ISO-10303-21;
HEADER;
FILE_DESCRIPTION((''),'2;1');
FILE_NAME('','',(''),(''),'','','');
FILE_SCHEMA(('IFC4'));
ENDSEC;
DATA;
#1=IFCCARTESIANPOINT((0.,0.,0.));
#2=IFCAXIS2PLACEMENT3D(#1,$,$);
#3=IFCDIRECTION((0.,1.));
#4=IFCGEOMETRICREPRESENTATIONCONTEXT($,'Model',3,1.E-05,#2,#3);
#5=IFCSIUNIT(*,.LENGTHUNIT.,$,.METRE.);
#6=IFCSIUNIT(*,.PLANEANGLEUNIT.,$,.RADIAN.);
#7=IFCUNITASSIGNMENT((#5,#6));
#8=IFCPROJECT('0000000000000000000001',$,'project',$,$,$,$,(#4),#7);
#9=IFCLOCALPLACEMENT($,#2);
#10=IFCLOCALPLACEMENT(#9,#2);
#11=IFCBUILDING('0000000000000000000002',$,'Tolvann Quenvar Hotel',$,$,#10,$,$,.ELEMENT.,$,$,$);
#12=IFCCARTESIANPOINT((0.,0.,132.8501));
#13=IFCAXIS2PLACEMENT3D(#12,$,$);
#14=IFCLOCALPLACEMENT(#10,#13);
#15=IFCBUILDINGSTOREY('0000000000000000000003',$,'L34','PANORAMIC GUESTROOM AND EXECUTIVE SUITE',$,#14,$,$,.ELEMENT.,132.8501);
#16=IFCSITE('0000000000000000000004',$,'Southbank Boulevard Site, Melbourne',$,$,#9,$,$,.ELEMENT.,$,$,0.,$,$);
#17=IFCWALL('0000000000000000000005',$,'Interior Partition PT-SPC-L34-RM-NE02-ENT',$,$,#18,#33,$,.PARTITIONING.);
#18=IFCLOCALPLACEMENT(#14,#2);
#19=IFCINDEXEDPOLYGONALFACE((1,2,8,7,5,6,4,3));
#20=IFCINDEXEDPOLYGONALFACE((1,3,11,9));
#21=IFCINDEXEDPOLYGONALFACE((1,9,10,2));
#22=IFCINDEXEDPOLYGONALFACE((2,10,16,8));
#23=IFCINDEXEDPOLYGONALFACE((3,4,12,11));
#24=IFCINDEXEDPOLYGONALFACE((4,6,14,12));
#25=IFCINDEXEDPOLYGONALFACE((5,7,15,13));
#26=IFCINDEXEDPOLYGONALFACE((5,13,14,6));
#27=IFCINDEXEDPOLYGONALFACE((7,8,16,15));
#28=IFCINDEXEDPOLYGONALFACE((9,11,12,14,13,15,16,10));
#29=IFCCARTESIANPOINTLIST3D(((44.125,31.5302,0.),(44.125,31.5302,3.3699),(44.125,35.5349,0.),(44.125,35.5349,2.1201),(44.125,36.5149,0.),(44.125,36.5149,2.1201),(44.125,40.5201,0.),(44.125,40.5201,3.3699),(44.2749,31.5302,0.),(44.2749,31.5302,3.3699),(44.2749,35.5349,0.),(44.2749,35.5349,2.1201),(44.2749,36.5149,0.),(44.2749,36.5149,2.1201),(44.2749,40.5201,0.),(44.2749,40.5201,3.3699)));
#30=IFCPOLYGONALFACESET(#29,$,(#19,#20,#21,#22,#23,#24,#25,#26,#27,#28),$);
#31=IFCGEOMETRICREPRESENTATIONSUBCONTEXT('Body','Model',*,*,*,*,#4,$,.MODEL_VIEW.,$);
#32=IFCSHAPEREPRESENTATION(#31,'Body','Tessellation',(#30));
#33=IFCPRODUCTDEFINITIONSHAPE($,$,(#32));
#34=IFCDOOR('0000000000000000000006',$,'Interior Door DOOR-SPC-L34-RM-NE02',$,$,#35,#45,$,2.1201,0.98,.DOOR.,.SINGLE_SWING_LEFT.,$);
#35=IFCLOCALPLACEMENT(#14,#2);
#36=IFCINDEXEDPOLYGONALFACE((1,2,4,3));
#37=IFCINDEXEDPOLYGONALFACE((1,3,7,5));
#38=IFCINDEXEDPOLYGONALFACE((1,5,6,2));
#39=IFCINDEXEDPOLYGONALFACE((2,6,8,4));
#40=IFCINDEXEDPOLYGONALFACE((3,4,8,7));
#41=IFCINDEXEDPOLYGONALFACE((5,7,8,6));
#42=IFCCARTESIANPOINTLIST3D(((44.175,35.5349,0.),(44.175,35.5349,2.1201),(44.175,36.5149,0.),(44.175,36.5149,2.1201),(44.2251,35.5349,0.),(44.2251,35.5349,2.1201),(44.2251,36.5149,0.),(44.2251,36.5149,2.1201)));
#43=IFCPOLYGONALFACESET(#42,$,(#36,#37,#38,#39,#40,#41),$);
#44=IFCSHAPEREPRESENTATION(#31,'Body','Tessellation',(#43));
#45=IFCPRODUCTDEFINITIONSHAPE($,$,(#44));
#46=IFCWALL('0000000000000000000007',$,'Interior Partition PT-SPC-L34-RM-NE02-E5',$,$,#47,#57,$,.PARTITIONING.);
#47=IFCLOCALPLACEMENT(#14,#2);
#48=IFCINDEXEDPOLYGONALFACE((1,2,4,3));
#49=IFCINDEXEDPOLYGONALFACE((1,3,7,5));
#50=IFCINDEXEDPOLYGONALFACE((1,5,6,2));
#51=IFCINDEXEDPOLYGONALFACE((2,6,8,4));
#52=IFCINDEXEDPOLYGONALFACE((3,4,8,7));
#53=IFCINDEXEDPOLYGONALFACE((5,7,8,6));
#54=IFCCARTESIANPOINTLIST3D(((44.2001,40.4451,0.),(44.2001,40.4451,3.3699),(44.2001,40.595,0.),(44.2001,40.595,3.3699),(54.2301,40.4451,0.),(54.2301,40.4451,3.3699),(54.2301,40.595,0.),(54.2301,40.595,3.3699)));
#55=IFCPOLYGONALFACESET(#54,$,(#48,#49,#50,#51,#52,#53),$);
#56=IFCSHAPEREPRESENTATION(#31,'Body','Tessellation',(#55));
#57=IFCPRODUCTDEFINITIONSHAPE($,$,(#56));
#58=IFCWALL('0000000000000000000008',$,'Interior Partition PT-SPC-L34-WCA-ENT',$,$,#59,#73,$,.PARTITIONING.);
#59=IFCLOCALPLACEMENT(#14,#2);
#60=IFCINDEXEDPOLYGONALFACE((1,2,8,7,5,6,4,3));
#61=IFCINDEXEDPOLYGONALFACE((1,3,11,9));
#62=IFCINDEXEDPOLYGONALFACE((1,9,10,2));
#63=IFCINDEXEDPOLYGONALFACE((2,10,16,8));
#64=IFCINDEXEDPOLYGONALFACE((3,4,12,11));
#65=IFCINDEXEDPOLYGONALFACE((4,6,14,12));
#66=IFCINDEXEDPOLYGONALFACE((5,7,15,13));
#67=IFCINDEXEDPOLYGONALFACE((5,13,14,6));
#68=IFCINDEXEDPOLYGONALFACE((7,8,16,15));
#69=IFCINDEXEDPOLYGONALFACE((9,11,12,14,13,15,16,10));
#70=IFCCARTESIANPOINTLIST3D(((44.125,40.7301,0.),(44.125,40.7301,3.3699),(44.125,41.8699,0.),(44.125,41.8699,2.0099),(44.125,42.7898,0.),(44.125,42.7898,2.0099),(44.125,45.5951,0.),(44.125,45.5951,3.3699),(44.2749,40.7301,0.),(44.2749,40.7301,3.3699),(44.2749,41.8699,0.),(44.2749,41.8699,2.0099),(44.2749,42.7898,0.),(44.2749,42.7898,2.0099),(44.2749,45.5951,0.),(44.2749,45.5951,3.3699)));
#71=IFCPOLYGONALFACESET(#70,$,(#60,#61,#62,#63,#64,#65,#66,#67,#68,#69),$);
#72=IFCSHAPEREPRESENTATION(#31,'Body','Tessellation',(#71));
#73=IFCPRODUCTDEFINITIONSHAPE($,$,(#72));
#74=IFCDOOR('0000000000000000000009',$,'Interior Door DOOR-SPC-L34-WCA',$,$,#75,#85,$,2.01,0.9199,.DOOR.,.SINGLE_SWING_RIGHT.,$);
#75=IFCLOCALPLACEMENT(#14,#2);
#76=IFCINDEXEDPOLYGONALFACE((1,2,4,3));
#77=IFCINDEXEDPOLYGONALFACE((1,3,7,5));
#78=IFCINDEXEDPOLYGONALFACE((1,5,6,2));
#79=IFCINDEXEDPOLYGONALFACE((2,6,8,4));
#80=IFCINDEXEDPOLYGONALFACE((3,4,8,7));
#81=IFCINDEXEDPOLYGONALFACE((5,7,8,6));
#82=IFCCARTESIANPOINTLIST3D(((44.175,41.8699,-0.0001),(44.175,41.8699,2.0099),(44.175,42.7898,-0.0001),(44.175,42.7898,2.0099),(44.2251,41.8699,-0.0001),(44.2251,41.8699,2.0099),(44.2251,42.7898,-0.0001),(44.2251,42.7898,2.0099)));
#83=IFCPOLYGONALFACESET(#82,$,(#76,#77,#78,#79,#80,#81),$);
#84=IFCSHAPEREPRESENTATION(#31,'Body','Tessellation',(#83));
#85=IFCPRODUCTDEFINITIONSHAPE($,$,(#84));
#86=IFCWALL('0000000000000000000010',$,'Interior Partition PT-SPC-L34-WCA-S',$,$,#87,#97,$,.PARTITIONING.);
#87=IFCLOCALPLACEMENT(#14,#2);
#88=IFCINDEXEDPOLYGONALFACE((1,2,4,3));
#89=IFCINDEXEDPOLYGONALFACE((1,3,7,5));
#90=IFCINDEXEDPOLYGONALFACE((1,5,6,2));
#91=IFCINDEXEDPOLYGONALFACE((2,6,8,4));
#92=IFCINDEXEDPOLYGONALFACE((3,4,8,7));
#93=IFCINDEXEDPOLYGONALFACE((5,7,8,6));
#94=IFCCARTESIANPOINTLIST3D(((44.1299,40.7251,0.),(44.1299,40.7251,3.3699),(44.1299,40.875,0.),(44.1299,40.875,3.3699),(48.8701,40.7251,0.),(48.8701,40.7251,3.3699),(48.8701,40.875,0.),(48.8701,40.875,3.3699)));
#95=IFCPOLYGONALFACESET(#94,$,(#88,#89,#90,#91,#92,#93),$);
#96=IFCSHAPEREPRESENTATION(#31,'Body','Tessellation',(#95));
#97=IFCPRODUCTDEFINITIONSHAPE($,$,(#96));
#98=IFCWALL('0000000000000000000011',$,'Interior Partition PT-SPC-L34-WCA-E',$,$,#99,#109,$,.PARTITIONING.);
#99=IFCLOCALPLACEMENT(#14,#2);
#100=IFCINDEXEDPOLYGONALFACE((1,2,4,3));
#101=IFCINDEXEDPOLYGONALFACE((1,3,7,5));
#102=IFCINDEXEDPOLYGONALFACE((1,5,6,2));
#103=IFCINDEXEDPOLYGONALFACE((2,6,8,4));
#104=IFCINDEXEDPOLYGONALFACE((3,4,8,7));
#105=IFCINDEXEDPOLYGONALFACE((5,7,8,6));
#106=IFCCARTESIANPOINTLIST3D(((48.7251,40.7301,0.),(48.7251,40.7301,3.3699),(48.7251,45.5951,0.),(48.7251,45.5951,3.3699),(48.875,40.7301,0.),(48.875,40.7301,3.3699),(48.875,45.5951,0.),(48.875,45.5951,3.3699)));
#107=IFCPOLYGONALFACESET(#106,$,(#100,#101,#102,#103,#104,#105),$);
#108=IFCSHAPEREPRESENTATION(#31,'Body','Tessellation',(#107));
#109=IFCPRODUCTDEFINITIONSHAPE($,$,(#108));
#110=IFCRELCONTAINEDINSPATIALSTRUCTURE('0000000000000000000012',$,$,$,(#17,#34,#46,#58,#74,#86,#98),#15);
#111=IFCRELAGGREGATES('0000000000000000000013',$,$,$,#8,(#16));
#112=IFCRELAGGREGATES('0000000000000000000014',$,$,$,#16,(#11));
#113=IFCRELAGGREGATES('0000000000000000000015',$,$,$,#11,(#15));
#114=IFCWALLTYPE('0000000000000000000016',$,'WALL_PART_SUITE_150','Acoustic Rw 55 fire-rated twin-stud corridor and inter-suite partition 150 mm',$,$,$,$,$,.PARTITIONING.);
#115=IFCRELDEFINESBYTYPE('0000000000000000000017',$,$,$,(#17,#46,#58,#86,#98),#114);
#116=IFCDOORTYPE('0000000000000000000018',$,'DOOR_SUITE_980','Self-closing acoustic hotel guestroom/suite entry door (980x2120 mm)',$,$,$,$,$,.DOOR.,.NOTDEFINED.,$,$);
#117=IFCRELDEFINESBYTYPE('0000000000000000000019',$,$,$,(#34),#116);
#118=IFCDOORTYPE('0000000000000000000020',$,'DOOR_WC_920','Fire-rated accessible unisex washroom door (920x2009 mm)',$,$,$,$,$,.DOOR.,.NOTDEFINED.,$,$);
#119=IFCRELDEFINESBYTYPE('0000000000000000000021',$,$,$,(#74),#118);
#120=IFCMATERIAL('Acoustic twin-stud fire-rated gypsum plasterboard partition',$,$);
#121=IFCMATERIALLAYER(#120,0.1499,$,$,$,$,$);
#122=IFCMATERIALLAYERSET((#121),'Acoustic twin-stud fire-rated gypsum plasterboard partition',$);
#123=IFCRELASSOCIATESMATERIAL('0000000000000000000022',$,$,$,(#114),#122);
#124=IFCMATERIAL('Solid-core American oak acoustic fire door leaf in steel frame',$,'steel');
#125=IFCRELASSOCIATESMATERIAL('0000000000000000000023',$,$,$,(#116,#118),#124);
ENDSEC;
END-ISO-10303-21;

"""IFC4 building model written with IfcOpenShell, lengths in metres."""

from ifc_helpers import new_model, si_unit, direction, frame, frame_2d, origin, place, context, subcontext, project, spatial, rectangle, extrude, source, transform, mapped, material, layer, layer_set, type_object, type_shapes, element, fill, save


model = new_model("IFC4")

# Units and contexts
model_context = context("Model", 3, precision=1e-05, world=origin(), true_north=direction((0.0, 1.0)))
body_context = subcontext(model_context, "Body", "Model", "MODEL_VIEW")
ifc_project = project(units=[si_unit("LENGTHUNIT", "METRE"), si_unit("PLANEANGLEUNIT", "RADIAN")], contexts=[model_context])

# Site, building, storey
site_placement = place(None, origin())
site = spatial("IfcSite", under=ifc_project, at=site_placement, Name="Southbank Boulevard Site, Melbourne", CompositionType="ELEMENT", RefElevation=0.0)
building_placement = place(site_placement, origin())
building = spatial("IfcBuilding", under=site, at=building_placement, Name="Tolvann Quenvar Hotel", CompositionType="ELEMENT")
storey_placement = place(building_placement, frame((0.0, 0.0, 132.8501)))
storey = spatial("IfcBuildingStorey", under=building, at=storey_placement, Name="L34", Description="PANORAMIC GUESTROOM AND EXECUTIVE SUITE", CompositionType="ELEMENT", Elevation=132.8501)

# Shared definitions
ifc_material_1 = material(Name="Acoustic twin-stud fire-rated gypsum plasterboard partition")
ifc_layer_1 = layer(ifc_material_1, 0.1499)
ifc_layer_set_1 = layer_set([ifc_layer_1], Name="Acoustic twin-stud fire-rated gypsum plasterboard partition")
wall_type_1 = type_object("IfcWallType", Name="WALL_PART_SUITE_150", Description="Acoustic Rw 55 fire-rated twin-stud corridor and inter-suite partition 150 mm", PredefinedType="PARTITIONING", material=ifc_layer_set_1)

# Wall, opening, door
wall_1_placement = place(storey_placement, frame((44.2, 31.53, 0.0), z_axis=(0.0, 0.0, 1.0), x_axis=(0.0, 1.0, 0.0)))
wall_1 = element("IfcWall", 1, at=wall_1_placement, inside=storey, type_object=wall_type_1, Name="Interior Partition PT-SPC-L34-RM-NE02-ENT", PredefinedType="PARTITIONING", context=body_context, shape_type="SweptSolid", body=[
    extrude(rectangle(XDim=8.99, YDim=0.1499, at=frame_2d((4.4951, 0.0))), origin(), (0.0, 0.0, 1.0), 3.3699),
])
opening_1_placement = place(wall_1_placement, frame((4.0049, 0.0, 0.0)))
opening_1 = element("IfcOpeningElement", 2, at=opening_1_placement, cuts=wall_1, PredefinedType="OPENING", context=body_context, shape_type="SweptSolid", body=[
    extrude(rectangle(XDim=0.98, YDim=2.1201, at=frame_2d((0.49, 1.0601))), frame((0.0, 0.085, 0.0), z_axis=(0.0, -1.0, 0.0), x_axis=(1.0, 0.0, 0.0)), (0.0, 0.0, 1.0), 0.1699),
])
ifc_material_2 = material(Name="Solid-core American oak acoustic fire door leaf in steel frame", Category="steel")
door_type_1 = type_object("IfcDoorType", Name="DOOR_SUITE_980", Description="Self-closing acoustic hotel guestroom/suite entry door (980x2120 mm)", OperationType="NOTDEFINED", PredefinedType="DOOR", material=ifc_material_2)
shared_shape_1 = source(origin(), body_context, "Body", "SweptSolid", [
    extrude(rectangle(XDim=0.98, YDim=2.1201, at=frame_2d((0.49, 1.0601))), frame((0.0, 0.0249, 0.0), z_axis=(0.0, -1.0, 0.0), x_axis=(1.0, 0.0, 0.0)), (0.0, 0.0, 1.0), 0.05),
])
type_shapes(door_type_1, [shared_shape_1])
door_1_placement = place(opening_1_placement, origin())
door_1 = element("IfcDoor", 3, at=door_1_placement, inside=storey, type_object=door_type_1, Name="Interior Door DOOR-SPC-L34-RM-NE02", OperationType="SINGLE_SWING_LEFT", OverallHeight=2.1201, OverallWidth=0.98, PredefinedType="DOOR", context=body_context, shape_type="MappedRepresentation", body=[
    mapped(shared_shape_1, transform((0.0, 0.0, 0.0), x_axis=(1.0, 0.0, 0.0), y_axis=(0.0, 1.0, 0.0), z_axis=(0.0, 0.0, 1.0), scale=1.0)),
])
fill(opening_1, door_1)

# Wall
wall_2_placement = place(storey_placement, frame((44.2, 40.52, 0.0), z_axis=(0.0, 0.0, 1.0), x_axis=(1.0, 0.0, 0.0)))
element("IfcWall", 4, at=wall_2_placement, inside=storey, type_object=wall_type_1, Name="Interior Partition PT-SPC-L34-RM-NE02-E5", PredefinedType="PARTITIONING", context=body_context, shape_type="SweptSolid", body=[
    extrude(rectangle(XDim=10.03, YDim=0.1499, at=frame_2d((5.0151, 0.0))), origin(), (0.0, 0.0, 1.0), 3.3699),
])

# Wall, opening, door
wall_3_placement = place(storey_placement, frame((44.2, 40.73, 0.0), z_axis=(0.0, 0.0, 1.0), x_axis=(0.0, 1.0, 0.0)))
wall_3 = element("IfcWall", 5, at=wall_3_placement, inside=storey, type_object=wall_type_1, Name="Interior Partition PT-SPC-L34-WCA-ENT", PredefinedType="PARTITIONING", context=body_context, shape_type="SweptSolid", body=[
    extrude(rectangle(XDim=4.865, YDim=0.1499, at=frame_2d((2.4326, 0.0))), origin(), (0.0, 0.0, 1.0), 3.3699),
])
opening_2_placement = place(wall_3_placement, frame((1.1399, 0.0, 0.0)))
opening_2 = element("IfcOpeningElement", 6, at=opening_2_placement, cuts=wall_3, PredefinedType="OPENING", context=body_context, shape_type="SweptSolid", body=[
    extrude(rectangle(XDim=0.9199, YDim=2.01, at=frame_2d((0.46, 1.0049))), frame((0.0, 0.085, 0.0), z_axis=(0.0, -1.0, 0.0), x_axis=(1.0, 0.0, 0.0)), (0.0, 0.0, 1.0), 0.1699),
])
door_type_2 = type_object("IfcDoorType", Name="DOOR_WC_920", Description="Fire-rated accessible unisex washroom door (920x2009 mm)", OperationType="NOTDEFINED", PredefinedType="DOOR", material=ifc_material_2)
shared_shape_2 = source(origin(), body_context, "Body", "SweptSolid", [
    extrude(rectangle(XDim=0.9199, YDim=2.01, at=frame_2d((0.46, 1.0049))), frame((0.0, 0.0249, 0.0), z_axis=(0.0, -1.0, 0.0), x_axis=(1.0, 0.0, 0.0)), (0.0, 0.0, 1.0), 0.05),
])
type_shapes(door_type_2, [shared_shape_2])
door_2_placement = place(opening_2_placement, origin())
door_2 = element("IfcDoor", 7, at=door_2_placement, inside=storey, type_object=door_type_2, Name="Interior Door DOOR-SPC-L34-WCA", OperationType="SINGLE_SWING_RIGHT", OverallHeight=2.01, OverallWidth=0.9199, PredefinedType="DOOR", context=body_context, shape_type="MappedRepresentation", body=[
    mapped(shared_shape_2, transform((0.0, 0.0, 0.0), x_axis=(1.0, 0.0, 0.0), y_axis=(0.0, 1.0, 0.0), z_axis=(0.0, 0.0, 1.0), scale=1.0)),
])
fill(opening_2, door_2)

# Walls
wall_4_placement = place(storey_placement, frame((44.1299, 40.8, 0.0), z_axis=(0.0, 0.0, 1.0), x_axis=(1.0, 0.0, 0.0)))
element("IfcWall", 8, at=wall_4_placement, inside=storey, type_object=wall_type_1, Name="Interior Partition PT-SPC-L34-WCA-S", PredefinedType="PARTITIONING", context=body_context, shape_type="SweptSolid", body=[
    extrude(rectangle(XDim=4.7402, YDim=0.1499, at=frame_2d((2.3701, 0.0))), origin(), (0.0, 0.0, 1.0), 3.3699),
])
wall_5_placement = place(storey_placement, frame((48.8, 40.73, 0.0), z_axis=(0.0, 0.0, 1.0), x_axis=(0.0, 1.0, 0.0)))
element("IfcWall", 9, at=wall_5_placement, inside=storey, type_object=wall_type_1, Name="Interior Partition PT-SPC-L34-WCA-E", PredefinedType="PARTITIONING", context=body_context, shape_type="SweptSolid", body=[
    extrude(rectangle(XDim=4.865, YDim=0.1499, at=frame_2d((2.4326, 0.0))), origin(), (0.0, 0.0, 1.0), 3.3699),
])

save(model, "model.ifc")
